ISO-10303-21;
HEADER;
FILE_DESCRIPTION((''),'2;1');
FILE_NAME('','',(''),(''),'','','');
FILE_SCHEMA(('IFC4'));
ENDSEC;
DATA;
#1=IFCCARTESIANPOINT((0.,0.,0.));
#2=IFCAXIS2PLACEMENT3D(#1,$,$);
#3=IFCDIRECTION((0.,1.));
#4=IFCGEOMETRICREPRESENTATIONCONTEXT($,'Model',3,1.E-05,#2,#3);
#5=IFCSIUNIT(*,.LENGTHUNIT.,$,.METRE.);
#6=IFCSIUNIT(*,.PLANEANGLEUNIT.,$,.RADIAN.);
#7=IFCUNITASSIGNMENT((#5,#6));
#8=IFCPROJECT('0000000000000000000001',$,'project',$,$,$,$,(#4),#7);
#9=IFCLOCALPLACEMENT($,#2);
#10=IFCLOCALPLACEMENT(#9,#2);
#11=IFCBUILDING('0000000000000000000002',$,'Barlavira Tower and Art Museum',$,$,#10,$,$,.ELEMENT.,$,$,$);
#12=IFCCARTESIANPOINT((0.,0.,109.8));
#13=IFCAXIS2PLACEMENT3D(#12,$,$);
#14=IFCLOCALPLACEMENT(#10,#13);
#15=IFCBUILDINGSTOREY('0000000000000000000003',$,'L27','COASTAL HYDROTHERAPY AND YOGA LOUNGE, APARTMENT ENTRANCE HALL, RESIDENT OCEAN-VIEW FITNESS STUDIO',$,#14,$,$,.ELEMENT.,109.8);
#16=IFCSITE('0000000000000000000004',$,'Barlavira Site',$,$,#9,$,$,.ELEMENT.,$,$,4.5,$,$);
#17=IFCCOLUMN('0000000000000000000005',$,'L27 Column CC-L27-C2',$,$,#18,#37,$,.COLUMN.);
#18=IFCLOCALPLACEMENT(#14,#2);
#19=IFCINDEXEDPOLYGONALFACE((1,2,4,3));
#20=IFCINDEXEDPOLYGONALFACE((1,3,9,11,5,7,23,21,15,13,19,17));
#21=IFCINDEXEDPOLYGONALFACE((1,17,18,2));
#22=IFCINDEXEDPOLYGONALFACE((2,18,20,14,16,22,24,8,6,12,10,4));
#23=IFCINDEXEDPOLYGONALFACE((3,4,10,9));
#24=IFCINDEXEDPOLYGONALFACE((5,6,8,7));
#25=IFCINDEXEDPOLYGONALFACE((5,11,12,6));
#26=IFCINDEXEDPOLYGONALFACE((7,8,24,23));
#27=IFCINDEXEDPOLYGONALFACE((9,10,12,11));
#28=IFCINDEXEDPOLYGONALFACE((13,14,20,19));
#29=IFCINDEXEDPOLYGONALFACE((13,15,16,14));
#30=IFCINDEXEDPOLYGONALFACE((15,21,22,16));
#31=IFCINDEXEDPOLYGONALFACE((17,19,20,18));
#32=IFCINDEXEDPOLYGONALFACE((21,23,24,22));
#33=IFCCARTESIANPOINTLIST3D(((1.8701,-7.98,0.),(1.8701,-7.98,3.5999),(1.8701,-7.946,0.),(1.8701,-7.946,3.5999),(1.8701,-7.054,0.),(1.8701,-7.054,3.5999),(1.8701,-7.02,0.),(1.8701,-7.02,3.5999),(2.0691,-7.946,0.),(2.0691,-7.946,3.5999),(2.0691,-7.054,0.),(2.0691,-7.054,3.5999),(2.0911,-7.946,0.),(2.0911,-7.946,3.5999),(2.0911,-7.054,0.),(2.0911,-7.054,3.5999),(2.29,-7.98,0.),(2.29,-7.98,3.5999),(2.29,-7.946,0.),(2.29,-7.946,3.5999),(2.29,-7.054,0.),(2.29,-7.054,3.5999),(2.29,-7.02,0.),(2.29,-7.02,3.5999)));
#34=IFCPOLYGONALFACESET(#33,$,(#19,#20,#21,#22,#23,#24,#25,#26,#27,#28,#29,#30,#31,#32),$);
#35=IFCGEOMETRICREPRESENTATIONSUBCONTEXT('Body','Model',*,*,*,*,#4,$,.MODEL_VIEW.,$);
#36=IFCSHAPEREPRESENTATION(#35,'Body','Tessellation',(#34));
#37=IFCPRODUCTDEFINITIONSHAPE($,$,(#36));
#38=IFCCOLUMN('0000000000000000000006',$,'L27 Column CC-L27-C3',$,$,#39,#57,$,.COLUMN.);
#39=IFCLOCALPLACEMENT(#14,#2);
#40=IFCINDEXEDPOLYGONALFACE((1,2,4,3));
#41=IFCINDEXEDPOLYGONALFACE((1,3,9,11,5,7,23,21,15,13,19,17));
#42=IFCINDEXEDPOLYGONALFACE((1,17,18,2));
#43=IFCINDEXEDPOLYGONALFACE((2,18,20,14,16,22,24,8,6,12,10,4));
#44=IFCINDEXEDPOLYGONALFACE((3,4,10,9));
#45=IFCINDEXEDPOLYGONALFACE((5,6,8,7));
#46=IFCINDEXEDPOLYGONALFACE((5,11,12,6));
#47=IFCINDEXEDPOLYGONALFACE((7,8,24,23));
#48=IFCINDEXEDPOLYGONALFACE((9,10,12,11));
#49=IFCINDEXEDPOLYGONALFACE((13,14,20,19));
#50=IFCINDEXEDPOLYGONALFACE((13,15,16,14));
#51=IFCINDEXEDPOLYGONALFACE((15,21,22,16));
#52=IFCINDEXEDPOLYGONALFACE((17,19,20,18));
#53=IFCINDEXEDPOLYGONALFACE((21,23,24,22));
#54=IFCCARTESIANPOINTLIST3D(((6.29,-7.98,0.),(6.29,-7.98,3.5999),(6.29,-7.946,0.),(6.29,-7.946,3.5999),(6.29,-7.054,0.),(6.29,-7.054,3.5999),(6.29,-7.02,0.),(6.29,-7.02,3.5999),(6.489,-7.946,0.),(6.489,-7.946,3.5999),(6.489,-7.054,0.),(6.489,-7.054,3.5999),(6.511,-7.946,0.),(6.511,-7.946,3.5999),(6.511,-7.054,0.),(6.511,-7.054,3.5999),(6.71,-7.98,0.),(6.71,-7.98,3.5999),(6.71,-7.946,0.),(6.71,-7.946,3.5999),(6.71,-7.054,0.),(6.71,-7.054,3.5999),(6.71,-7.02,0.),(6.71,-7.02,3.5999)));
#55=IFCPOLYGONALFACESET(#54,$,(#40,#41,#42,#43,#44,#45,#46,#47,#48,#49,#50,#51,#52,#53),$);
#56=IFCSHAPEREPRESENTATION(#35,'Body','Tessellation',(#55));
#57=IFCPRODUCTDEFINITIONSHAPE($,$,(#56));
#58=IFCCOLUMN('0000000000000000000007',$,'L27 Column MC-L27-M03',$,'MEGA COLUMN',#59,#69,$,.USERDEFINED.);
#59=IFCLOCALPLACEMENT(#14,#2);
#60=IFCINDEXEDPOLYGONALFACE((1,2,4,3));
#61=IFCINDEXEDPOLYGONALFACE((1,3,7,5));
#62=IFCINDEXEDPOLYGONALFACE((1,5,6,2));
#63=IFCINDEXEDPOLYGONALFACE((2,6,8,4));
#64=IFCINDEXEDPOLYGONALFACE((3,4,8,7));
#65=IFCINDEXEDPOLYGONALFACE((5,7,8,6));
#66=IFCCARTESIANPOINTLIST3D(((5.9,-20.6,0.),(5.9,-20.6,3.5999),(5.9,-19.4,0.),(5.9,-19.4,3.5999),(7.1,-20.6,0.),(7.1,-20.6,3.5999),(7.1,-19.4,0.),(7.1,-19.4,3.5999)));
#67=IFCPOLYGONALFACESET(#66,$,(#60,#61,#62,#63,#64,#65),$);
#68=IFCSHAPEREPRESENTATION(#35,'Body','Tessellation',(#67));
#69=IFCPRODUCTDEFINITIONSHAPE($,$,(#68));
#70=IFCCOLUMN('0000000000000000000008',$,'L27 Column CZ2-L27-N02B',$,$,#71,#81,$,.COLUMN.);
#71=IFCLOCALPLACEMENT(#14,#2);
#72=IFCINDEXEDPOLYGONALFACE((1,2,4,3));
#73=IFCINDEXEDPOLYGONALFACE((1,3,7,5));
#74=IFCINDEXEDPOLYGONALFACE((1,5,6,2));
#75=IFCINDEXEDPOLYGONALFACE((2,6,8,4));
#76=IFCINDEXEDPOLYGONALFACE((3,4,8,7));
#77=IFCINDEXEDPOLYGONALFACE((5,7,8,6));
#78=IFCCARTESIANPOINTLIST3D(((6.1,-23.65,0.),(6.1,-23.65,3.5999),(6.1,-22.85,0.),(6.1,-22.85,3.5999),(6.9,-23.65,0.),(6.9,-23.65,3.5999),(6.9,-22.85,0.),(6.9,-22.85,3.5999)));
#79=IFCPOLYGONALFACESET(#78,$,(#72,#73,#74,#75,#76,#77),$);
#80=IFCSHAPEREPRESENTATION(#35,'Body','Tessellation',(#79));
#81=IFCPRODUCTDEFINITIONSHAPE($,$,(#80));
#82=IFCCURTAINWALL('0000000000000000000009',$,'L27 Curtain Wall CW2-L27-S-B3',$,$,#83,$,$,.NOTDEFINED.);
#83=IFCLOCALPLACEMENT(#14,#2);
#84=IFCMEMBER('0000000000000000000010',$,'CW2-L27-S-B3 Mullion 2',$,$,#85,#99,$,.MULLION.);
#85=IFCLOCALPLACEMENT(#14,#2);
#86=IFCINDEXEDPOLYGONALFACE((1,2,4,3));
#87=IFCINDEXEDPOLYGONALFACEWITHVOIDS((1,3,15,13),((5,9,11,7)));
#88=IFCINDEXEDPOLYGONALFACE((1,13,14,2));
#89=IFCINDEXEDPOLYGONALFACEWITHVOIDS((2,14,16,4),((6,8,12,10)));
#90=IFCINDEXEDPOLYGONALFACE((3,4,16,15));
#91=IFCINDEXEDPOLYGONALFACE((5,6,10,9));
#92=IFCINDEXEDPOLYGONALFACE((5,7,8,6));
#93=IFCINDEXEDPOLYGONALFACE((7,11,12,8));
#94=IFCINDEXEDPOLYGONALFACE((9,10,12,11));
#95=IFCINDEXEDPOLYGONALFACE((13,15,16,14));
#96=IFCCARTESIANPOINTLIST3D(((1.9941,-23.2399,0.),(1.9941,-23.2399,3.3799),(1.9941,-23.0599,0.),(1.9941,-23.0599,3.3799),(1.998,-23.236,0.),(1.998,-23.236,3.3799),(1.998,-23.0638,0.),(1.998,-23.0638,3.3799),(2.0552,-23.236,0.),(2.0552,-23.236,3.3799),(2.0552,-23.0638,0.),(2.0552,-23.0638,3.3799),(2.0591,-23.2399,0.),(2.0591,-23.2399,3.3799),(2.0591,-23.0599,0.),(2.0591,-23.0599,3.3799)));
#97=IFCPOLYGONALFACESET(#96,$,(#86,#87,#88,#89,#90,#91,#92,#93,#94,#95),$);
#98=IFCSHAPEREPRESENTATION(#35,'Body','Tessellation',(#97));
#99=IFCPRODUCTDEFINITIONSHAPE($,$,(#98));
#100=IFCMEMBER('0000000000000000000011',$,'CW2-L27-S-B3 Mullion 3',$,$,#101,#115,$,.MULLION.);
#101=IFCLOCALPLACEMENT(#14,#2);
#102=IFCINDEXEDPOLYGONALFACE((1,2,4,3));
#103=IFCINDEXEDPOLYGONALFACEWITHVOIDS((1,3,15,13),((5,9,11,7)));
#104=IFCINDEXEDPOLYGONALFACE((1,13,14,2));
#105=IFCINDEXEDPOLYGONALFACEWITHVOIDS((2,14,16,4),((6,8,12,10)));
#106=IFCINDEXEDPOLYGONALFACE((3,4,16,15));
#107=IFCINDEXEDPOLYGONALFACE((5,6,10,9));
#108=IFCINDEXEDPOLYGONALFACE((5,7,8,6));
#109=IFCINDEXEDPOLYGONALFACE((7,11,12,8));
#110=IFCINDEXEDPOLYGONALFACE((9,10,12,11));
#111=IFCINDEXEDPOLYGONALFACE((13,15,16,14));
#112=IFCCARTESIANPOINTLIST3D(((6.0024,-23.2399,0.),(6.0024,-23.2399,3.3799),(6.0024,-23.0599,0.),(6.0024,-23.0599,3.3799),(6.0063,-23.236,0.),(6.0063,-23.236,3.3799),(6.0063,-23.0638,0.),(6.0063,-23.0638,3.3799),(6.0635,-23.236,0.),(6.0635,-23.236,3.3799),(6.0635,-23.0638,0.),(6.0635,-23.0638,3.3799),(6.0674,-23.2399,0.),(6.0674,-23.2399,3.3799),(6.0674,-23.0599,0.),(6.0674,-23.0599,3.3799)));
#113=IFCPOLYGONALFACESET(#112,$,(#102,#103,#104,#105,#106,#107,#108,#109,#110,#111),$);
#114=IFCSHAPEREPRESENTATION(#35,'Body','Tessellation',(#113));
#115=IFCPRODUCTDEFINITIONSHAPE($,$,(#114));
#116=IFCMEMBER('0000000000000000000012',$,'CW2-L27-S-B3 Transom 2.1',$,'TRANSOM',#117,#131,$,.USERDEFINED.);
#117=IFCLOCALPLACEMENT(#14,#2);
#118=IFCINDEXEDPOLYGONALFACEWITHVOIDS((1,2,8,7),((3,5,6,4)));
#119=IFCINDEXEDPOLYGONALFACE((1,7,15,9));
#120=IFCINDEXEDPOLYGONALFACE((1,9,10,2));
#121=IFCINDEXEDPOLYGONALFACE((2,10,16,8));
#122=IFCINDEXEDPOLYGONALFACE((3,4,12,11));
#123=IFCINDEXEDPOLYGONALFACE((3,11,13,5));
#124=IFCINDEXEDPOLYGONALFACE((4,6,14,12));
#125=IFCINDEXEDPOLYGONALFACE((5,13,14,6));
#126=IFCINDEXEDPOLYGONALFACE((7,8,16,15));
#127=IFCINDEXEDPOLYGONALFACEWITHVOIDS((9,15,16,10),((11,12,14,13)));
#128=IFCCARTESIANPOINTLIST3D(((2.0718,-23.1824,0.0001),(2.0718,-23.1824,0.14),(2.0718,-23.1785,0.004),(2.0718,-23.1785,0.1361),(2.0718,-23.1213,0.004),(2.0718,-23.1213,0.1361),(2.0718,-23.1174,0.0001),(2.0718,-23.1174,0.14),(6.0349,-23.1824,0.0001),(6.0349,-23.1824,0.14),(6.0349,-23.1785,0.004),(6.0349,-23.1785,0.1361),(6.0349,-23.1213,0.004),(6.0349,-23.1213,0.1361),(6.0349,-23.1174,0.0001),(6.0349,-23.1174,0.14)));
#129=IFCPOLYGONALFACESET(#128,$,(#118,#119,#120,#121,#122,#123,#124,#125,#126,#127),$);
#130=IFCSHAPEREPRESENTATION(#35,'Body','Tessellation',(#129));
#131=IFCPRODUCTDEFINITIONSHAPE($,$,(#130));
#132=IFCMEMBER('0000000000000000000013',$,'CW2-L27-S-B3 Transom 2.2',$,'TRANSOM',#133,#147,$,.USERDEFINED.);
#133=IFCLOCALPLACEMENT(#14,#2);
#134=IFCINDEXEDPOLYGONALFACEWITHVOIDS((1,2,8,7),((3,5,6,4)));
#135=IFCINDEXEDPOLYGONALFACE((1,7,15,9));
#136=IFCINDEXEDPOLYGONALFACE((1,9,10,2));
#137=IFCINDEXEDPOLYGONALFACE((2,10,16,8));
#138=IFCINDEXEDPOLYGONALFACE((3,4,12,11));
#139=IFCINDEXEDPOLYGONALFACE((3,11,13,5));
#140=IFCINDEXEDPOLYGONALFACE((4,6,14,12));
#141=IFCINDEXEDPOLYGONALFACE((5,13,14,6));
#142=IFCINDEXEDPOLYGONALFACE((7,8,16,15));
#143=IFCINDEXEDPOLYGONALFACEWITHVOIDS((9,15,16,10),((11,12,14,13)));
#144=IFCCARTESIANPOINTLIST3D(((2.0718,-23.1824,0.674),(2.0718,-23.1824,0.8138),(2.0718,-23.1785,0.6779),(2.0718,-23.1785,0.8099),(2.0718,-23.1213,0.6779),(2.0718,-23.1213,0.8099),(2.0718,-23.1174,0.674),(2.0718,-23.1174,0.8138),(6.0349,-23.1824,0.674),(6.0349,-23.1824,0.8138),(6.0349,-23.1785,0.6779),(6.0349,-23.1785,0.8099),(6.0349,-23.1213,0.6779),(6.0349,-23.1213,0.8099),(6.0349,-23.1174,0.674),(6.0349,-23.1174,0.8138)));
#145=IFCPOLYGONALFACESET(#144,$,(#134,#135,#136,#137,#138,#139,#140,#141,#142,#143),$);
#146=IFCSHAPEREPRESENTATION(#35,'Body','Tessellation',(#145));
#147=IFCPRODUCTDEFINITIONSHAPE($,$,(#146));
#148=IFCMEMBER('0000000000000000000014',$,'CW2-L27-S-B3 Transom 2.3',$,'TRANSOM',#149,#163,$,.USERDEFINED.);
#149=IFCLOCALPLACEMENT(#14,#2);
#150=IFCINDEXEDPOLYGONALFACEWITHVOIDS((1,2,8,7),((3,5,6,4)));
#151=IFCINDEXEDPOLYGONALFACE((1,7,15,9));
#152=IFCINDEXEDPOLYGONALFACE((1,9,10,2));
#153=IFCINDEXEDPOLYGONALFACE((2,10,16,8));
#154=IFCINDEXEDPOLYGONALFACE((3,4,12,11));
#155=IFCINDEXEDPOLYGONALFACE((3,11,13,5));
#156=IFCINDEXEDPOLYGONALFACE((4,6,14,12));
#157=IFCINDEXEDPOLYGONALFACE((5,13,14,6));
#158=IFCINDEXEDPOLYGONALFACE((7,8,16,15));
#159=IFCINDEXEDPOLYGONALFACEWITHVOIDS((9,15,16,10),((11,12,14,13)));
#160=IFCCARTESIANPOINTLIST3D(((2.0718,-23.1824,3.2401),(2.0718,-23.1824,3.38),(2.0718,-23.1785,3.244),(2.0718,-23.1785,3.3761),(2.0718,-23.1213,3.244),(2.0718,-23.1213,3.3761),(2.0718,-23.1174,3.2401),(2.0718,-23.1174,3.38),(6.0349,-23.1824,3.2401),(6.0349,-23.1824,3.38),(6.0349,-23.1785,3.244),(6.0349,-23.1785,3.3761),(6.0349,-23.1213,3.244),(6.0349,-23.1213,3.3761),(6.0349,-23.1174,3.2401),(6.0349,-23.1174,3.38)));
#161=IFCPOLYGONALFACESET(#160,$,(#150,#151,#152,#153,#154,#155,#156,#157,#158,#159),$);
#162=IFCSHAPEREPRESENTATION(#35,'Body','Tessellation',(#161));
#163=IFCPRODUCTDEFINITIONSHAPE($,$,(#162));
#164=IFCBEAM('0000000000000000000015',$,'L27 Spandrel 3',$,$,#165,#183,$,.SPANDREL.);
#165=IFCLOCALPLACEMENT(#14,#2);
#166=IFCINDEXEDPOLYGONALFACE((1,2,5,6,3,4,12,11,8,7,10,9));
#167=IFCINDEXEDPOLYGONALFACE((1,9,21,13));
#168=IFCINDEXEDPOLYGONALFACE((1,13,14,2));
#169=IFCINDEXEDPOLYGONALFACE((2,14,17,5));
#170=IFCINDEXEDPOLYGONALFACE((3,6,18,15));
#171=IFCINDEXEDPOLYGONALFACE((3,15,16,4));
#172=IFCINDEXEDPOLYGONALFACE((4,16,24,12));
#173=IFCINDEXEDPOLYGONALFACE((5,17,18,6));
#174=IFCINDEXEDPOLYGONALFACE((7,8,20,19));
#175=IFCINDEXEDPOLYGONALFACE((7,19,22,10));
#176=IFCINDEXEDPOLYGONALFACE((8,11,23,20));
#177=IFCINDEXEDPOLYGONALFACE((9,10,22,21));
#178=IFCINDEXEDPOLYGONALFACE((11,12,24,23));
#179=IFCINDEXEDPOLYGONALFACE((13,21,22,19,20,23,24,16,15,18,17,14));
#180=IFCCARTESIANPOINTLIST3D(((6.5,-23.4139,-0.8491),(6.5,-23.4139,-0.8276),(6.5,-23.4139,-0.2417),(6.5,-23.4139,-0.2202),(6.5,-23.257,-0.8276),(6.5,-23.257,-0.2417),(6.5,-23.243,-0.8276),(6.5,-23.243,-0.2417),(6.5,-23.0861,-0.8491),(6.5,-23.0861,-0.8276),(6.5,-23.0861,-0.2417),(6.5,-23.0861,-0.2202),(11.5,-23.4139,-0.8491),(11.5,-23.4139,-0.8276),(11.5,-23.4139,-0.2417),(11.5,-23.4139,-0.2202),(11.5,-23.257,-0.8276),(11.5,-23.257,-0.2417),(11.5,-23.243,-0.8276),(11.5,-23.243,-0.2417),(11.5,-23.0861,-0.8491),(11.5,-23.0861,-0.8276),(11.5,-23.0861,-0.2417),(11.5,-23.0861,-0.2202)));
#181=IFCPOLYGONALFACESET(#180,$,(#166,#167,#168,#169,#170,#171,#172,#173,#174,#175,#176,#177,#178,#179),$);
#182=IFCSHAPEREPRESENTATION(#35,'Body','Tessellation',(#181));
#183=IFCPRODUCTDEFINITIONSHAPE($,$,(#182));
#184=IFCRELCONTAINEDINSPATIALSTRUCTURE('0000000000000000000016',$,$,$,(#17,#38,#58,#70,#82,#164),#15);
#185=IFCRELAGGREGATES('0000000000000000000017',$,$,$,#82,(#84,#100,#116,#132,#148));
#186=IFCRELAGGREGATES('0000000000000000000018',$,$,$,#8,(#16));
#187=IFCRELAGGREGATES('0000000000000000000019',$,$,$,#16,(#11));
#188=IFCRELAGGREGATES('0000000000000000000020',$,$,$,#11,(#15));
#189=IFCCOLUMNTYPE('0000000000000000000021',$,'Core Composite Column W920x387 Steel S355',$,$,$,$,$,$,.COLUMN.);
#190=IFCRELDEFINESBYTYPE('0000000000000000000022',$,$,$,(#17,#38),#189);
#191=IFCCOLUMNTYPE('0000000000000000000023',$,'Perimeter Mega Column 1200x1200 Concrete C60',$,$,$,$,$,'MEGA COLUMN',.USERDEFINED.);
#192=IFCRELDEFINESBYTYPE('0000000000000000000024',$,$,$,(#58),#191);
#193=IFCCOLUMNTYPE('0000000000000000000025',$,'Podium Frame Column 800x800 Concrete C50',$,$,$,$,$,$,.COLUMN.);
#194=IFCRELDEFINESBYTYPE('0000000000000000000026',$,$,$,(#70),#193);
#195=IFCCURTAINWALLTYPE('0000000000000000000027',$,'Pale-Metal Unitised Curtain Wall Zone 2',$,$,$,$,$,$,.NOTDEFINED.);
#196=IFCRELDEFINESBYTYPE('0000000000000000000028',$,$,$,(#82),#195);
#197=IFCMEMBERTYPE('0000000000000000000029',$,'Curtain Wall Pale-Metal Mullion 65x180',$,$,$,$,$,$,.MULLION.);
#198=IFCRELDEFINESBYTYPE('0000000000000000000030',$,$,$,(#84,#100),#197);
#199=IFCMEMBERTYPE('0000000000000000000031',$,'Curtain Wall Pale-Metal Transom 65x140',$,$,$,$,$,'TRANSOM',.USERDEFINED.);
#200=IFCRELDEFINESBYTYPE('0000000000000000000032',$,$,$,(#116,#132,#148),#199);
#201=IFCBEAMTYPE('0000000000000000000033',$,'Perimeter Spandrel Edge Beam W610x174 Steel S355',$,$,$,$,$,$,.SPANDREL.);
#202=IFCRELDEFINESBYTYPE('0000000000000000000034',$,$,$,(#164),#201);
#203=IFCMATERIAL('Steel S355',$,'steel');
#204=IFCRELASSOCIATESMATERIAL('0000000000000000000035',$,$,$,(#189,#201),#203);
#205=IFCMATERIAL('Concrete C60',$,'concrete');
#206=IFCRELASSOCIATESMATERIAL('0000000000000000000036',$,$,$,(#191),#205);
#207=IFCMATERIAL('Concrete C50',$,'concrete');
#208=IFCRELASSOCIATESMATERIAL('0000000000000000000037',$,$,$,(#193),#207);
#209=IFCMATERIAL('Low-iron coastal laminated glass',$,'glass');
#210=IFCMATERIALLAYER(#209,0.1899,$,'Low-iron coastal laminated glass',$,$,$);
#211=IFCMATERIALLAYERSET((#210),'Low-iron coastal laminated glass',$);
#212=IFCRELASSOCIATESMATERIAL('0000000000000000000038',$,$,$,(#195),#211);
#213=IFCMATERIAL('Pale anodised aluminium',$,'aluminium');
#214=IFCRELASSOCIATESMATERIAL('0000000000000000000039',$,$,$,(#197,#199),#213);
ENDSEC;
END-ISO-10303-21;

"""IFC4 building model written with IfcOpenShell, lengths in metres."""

from ifc_helpers import new_model, si_unit, direction, frame, origin, origin_2d, place, context, subcontext, project, spatial, rectangle, hollow_rectangle, i_section, extrude, material, layer, layer_set, material_profile, profile_set, type_object, element, aggregate, save


model = new_model("IFC4")

# Units and contexts
model_context = context("Model", 3, precision=1e-05, world=origin(), true_north=direction((0.0, 1.0)))
body_context = subcontext(model_context, "Body", "Model", "MODEL_VIEW")
ifc_project = project(units=[si_unit("LENGTHUNIT", "METRE"), si_unit("PLANEANGLEUNIT", "RADIAN")], contexts=[model_context])

# Site, building, storey
site_placement = place(None, origin())
site = spatial("IfcSite", under=ifc_project, at=site_placement, Name="Barlavira Site", CompositionType="ELEMENT", RefElevation=4.5)
building_placement = place(site_placement, origin())
building = spatial("IfcBuilding", under=site, at=building_placement, Name="Barlavira Tower and Art Museum", CompositionType="ELEMENT")
storey_placement = place(building_placement, frame((0.0, 0.0, 109.8)))
storey = spatial("IfcBuildingStorey", under=building, at=storey_placement, Name="L27", Description="COASTAL HYDROTHERAPY AND YOGA LOUNGE, APARTMENT ENTRANCE HALL, RESIDENT OCEAN-VIEW FITNESS STUDIO", CompositionType="ELEMENT", Elevation=109.8)

# Columns
ifc_material_1 = material(Name="Steel S355", Category="steel")
ifc_material_profile_1 = material_profile(ifc_material_1, i_section(OverallWidth=0.4199, OverallDepth=0.96, WebThickness=0.022, FlangeThickness=0.0339, at=origin_2d()), Name="W920x387.0")
ifc_profile_set_1 = profile_set([ifc_material_profile_1], Name="Steel S355")
column_type_1 = type_object("IfcColumnType", Name="Core Composite Column W920x387 Steel S355", PredefinedType="COLUMN", material=ifc_profile_set_1)
for number, where, z_axis, x_axis, name in (
    (1, (2.0801, -7.5, 0.0), (0.0, 0.0, 1.0), (1.0, 0.0, 0.0), "L27 Column CC-L27-C2"),
    (2, (6.5, -7.5, 0.0), (0.0, 0.0, 1.0), (1.0, 0.0, 0.0), "L27 Column CC-L27-C3"),
):
    element("IfcColumn", number, at=place(storey_placement, frame(where, z_axis=z_axis, x_axis=x_axis)), inside=storey, type_object=column_type_1, Name=name, PredefinedType="COLUMN", context=body_context, shape_type="SweptSolid", body=[
        extrude(i_section(OverallWidth=0.4199, OverallDepth=0.96, WebThickness=0.022, FlangeThickness=0.0339, at=origin_2d()), origin(), (0.0, 0.0, 1.0), 3.5999),
    ])
ifc_material_2 = material(Name="Concrete C60", Category="concrete")
ifc_material_profile_2 = material_profile(ifc_material_2, rectangle(XDim=1.2, YDim=1.2, at=origin_2d()), Name="RC-COL 1200x1200")
ifc_profile_set_2 = profile_set([ifc_material_profile_2], Name="Concrete C60")
column_type_2 = type_object("IfcColumnType", Name="Perimeter Mega Column 1200x1200 Concrete C60", ElementType="MEGA COLUMN", PredefinedType="USERDEFINED", material=ifc_profile_set_2)
column_1_placement = place(storey_placement, frame((6.5, -20.0, 0.0), z_axis=(0.0, 0.0, 1.0), x_axis=(1.0, 0.0, 0.0)))
element("IfcColumn", 3, at=column_1_placement, inside=storey, type_object=column_type_2, Name="L27 Column MC-L27-M03", ObjectType="MEGA COLUMN", PredefinedType="USERDEFINED", context=body_context, shape_type="SweptSolid", body=[
    extrude(rectangle(XDim=1.2, YDim=1.2, at=origin_2d()), origin(), (0.0, 0.0, 1.0), 3.5999),
])
ifc_material_3 = material(Name="Concrete C50", Category="concrete")
ifc_material_profile_3 = material_profile(ifc_material_3, rectangle(XDim=0.8, YDim=0.8, at=origin_2d()), Name="RC-COL 800x800")
ifc_profile_set_3 = profile_set([ifc_material_profile_3], Name="Concrete C50")
column_type_3 = type_object("IfcColumnType", Name="Podium Frame Column 800x800 Concrete C50", PredefinedType="COLUMN", material=ifc_profile_set_3)
column_2_placement = place(storey_placement, frame((6.5, -23.25, 0.0), z_axis=(0.0, 0.0, 1.0), x_axis=(1.0, 0.0, 0.0)))
element("IfcColumn", 4, at=column_2_placement, inside=storey, type_object=column_type_3, Name="L27 Column CZ2-L27-N02B", PredefinedType="COLUMN", context=body_context, shape_type="SweptSolid", body=[
    extrude(rectangle(XDim=0.8, YDim=0.8, at=origin_2d()), origin(), (0.0, 0.0, 1.0), 3.5999),
])

# Curtain wall, members
ifc_material_4 = material(Name="Low-iron coastal laminated glass", Category="glass")
ifc_layer_1 = layer(ifc_material_4, 0.1899, Name="Low-iron coastal laminated glass")
ifc_layer_set_1 = layer_set([ifc_layer_1], Name="Low-iron coastal laminated glass")
curtain_wall_type = type_object("IfcCurtainWallType", Name="Pale-Metal Unitised Curtain Wall Zone 2", PredefinedType="NOTDEFINED", material=ifc_layer_set_1)
curtain_wall_placement = place(storey_placement, origin())
curtain_wall = element("IfcCurtainWall", 5, at=curtain_wall_placement, inside=storey, type_object=curtain_wall_type, Name="L27 Curtain Wall CW2-L27-S-B3", PredefinedType="NOTDEFINED")
ifc_material_5 = material(Name="Pale anodised aluminium", Category="aluminium")
ifc_material_profile_4 = material_profile(ifc_material_5, hollow_rectangle(XDim=0.0649, YDim=0.1799, WallThickness=0.0039, at=origin_2d()), Name="ALU-MULL 65x180x4")
ifc_profile_set_4 = profile_set([ifc_material_profile_4], Name="Pale anodised aluminium")
member_type_1 = type_object("IfcMemberType", Name="Curtain Wall Pale-Metal Mullion 65x180", PredefinedType="MULLION", material=ifc_profile_set_4)
member_1_placement = place(storey_placement, frame((2.0266, -23.1499, 0.0), z_axis=(0.0, 0.0, 1.0), x_axis=(1.0, 0.0, 0.0)))
member_1 = element("IfcMember", 6, at=member_1_placement, type_object=member_type_1, Name="CW2-L27-S-B3 Mullion 2", PredefinedType="MULLION", context=body_context, shape_type="SweptSolid", body=[
    extrude(hollow_rectangle(XDim=0.0649, YDim=0.1799, WallThickness=0.0039, at=origin_2d()), origin(), (0.0, 0.0, 1.0), 3.3799),
])
member_2_placement = place(storey_placement, frame((6.0349, -23.1499, 0.0), z_axis=(0.0, 0.0, 1.0), x_axis=(1.0, 0.0, 0.0)))
member_2 = element("IfcMember", 7, at=member_2_placement, type_object=member_type_1, Name="CW2-L27-S-B3 Mullion 3", PredefinedType="MULLION", context=body_context, shape_type="SweptSolid", body=[
    extrude(hollow_rectangle(XDim=0.0649, YDim=0.1799, WallThickness=0.0039, at=origin_2d()), origin(), (0.0, 0.0, 1.0), 3.3799),
])
ifc_material_profile_5 = material_profile(ifc_material_5, hollow_rectangle(XDim=0.0649, YDim=0.1399, WallThickness=0.0039, at=origin_2d()), Name="ALU-TRAN 65x140x4")
ifc_profile_set_5 = profile_set([ifc_material_profile_5], Name="Pale anodised aluminium")
member_type_2 = type_object("IfcMemberType", Name="Curtain Wall Pale-Metal Transom 65x140", ElementType="TRANSOM", PredefinedType="USERDEFINED", material=ifc_profile_set_5)
member_3_placement = place(storey_placement, frame((2.0718, -23.1499, 0.0701), z_axis=(1.0, 0.0, 0.0), x_axis=(0.0, 1.0, 0.0)))
member_3 = element("IfcMember", 8, at=member_3_placement, type_object=member_type_2, Name="CW2-L27-S-B3 Transom 2.1", ObjectType="TRANSOM", PredefinedType="USERDEFINED", context=body_context, shape_type="SweptSolid", body=[
    extrude(hollow_rectangle(XDim=0.0649, YDim=0.1399, WallThickness=0.0039, at=origin_2d()), origin(), (0.0, 0.0, 1.0), 3.9631),
])
member_4_placement = place(storey_placement, frame((2.0718, -23.1499, 0.7439), z_axis=(1.0, 0.0, 0.0), x_axis=(0.0, 1.0, 0.0)))
member_4 = element("IfcMember", 9, at=member_4_placement, type_object=member_type_2, Name="CW2-L27-S-B3 Transom 2.2", ObjectType="TRANSOM", PredefinedType="USERDEFINED", context=body_context, shape_type="SweptSolid", body=[
    extrude(hollow_rectangle(XDim=0.0649, YDim=0.1399, WallThickness=0.0039, at=origin_2d()), origin(), (0.0, 0.0, 1.0), 3.9631),
])
member_5_placement = place(storey_placement, frame((2.0718, -23.1499, 3.3101), z_axis=(1.0, 0.0, 0.0), x_axis=(0.0, 1.0, 0.0)))
member_5 = element("IfcMember", 10, at=member_5_placement, type_object=member_type_2, Name="CW2-L27-S-B3 Transom 2.3", ObjectType="TRANSOM", PredefinedType="USERDEFINED", context=body_context, shape_type="SweptSolid", body=[
    extrude(hollow_rectangle(XDim=0.0649, YDim=0.1399, WallThickness=0.0039, at=origin_2d()), origin(), (0.0, 0.0, 1.0), 3.9631),
])

# Beam
ifc_material_profile_6 = material_profile(ifc_material_1, i_section(OverallWidth=0.3279, OverallDepth=0.6289, WebThickness=0.0139, FlangeThickness=0.0215, at=origin_2d()), Name="W610x174.0")
ifc_profile_set_6 = profile_set([ifc_material_profile_6], Name="Steel S355")
beam_type_1 = type_object("IfcBeamType", Name="Perimeter Spandrel Edge Beam W610x174 Steel S355", PredefinedType="SPANDREL", material=ifc_profile_set_6)
beam_1_placement = place(storey_placement, frame((6.5, -23.25, -0.5347), z_axis=(1.0, 0.0, 0.0), x_axis=(0.0, 1.0, 0.0)))
element("IfcBeam", 11, at=beam_1_placement, inside=storey, type_object=beam_type_1, Name="L27 Spandrel 3", PredefinedType="SPANDREL", context=body_context, shape_type="SweptSolid", body=[
    extrude(i_section(OverallWidth=0.3279, OverallDepth=0.6289, WebThickness=0.0139, FlangeThickness=0.0215, at=origin_2d()), origin(), (0.0, 0.0, 1.0), 5.0),
])

aggregate(curtain_wall, [member_1, member_2, member_3, member_4, member_5])

save(model, "model.ifc")
